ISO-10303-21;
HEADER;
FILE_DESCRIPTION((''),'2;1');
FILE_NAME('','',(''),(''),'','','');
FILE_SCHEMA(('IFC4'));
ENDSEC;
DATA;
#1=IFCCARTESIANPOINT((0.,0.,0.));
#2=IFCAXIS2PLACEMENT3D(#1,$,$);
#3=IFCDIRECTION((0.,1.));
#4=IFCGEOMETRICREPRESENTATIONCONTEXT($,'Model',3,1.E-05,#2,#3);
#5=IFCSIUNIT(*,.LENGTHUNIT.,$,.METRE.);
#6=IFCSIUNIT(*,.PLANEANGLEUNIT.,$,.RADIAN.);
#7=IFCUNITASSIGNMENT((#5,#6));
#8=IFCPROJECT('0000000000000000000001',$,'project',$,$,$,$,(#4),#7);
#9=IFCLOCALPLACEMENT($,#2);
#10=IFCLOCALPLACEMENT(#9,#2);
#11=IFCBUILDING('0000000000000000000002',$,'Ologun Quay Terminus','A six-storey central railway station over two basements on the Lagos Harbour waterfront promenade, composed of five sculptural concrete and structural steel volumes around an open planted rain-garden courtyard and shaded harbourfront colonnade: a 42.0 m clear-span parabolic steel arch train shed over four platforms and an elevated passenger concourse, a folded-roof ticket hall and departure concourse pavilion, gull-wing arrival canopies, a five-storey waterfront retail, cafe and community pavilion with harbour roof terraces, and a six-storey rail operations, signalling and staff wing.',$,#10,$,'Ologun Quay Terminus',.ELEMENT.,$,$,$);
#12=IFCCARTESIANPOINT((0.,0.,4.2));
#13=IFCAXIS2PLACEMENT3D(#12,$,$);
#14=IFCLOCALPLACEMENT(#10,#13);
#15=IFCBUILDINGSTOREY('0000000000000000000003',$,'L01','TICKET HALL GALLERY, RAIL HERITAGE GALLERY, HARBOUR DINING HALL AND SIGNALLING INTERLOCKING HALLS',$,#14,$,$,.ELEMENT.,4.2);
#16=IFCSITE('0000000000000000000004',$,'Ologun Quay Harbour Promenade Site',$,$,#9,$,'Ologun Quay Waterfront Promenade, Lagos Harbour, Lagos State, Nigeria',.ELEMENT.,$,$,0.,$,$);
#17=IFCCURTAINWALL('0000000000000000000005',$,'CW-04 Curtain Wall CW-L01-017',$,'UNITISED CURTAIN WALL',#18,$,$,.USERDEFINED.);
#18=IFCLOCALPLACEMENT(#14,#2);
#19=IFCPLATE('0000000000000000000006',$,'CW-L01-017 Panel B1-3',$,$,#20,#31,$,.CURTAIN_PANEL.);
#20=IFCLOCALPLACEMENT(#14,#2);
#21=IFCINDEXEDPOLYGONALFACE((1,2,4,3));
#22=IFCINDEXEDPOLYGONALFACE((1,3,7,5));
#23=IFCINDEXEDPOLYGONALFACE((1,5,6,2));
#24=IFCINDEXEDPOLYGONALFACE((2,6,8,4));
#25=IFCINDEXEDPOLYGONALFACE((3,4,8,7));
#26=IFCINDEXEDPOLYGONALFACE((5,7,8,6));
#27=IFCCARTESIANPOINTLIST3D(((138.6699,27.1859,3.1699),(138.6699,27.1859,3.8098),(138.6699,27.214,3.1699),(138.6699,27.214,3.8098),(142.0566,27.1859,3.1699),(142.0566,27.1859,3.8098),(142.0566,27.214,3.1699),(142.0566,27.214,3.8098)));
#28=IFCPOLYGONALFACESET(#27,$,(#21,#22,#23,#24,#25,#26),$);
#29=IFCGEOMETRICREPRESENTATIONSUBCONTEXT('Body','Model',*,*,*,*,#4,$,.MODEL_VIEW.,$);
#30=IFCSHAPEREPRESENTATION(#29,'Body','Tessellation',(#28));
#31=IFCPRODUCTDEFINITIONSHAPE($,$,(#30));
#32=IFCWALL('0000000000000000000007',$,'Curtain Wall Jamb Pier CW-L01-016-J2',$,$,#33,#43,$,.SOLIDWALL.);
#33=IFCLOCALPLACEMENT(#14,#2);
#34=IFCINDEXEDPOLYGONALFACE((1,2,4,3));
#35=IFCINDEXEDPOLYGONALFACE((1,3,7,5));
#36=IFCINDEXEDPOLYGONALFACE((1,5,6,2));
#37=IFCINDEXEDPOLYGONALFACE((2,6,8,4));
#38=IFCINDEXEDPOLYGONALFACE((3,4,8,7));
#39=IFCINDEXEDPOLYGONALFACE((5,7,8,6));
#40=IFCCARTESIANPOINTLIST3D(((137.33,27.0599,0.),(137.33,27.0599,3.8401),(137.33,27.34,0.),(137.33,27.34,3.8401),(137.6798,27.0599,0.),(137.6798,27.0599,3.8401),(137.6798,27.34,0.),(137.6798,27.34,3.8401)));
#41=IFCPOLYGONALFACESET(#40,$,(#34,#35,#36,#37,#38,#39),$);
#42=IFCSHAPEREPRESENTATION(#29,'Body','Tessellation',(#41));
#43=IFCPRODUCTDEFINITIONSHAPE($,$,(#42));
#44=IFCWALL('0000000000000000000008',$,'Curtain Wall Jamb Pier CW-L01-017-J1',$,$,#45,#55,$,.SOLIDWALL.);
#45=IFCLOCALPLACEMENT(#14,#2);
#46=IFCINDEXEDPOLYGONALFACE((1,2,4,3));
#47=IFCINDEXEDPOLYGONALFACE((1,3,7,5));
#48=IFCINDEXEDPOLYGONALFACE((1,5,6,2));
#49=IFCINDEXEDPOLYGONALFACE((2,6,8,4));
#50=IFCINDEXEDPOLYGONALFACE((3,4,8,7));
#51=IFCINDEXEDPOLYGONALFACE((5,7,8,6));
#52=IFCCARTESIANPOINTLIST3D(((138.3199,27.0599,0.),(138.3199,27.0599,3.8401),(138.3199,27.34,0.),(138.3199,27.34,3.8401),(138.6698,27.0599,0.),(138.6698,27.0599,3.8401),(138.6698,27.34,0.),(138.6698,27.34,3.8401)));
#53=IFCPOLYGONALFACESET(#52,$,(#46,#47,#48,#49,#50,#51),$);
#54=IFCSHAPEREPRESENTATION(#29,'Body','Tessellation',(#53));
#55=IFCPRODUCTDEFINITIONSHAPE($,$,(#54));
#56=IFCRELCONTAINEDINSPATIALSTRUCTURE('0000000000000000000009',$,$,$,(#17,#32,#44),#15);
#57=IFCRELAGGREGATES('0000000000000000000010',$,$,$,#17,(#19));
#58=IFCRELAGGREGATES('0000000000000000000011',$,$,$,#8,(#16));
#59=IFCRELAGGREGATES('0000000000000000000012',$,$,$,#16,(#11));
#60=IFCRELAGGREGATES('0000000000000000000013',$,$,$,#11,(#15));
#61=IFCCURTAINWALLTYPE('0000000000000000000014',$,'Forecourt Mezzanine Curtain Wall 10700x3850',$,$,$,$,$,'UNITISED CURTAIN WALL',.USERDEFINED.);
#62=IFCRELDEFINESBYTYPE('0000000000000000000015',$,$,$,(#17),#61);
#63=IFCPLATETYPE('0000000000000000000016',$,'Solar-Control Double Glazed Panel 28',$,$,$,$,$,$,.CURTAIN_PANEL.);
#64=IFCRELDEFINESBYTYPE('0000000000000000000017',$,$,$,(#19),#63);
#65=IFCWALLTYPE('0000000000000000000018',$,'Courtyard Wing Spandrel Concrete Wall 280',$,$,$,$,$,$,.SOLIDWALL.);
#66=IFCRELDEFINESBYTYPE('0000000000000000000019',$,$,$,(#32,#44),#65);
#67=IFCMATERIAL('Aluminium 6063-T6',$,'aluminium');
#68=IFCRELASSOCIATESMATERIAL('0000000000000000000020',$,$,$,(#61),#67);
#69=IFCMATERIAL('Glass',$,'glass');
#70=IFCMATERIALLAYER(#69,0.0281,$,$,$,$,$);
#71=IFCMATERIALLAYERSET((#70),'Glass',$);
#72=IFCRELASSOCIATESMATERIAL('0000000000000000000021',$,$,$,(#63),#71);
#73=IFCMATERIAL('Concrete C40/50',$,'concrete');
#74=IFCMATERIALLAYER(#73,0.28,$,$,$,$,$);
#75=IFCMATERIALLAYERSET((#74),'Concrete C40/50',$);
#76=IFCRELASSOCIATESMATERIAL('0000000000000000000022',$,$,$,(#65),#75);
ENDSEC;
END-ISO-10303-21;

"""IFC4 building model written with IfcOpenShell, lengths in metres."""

from ifc_helpers import new_model, si_unit, direction, frame, frame_2d, origin, origin_2d, place, context, subcontext, project, spatial, rectangle, extrude, material, layer, layer_set, type_object, element, aggregate, save


model = new_model("IFC4")

# Units and contexts
model_context = context("Model", 3, precision=1e-05, world=origin(), true_north=direction((0.0, 1.0)))
body_context = subcontext(model_context, "Body", "Model", "MODEL_VIEW")
ifc_project = project(units=[si_unit("LENGTHUNIT", "METRE"), si_unit("PLANEANGLEUNIT", "RADIAN")], contexts=[model_context])

# Site, building, storey
site_placement = place(None, origin())
site = spatial("IfcSite", under=ifc_project, at=site_placement, Name="Ologun Quay Harbour Promenade Site", LongName="Ologun Quay Waterfront Promenade, Lagos Harbour, Lagos State, Nigeria", CompositionType="ELEMENT", RefElevation=0.0)
building_placement = place(site_placement, origin())
building = spatial("IfcBuilding", under=site, at=building_placement, Name="Ologun Quay Terminus", Description="A six-storey central railway station over two basements on the Lagos Harbour waterfront promenade, composed of five sculptural concrete and structural steel volumes around an open planted rain-garden courtyard and shaded harbourfront colonnade: a 42.0 m clear-span parabolic steel arch train shed over four platforms and an elevated passenger concourse, a folded-roof ticket hall and departure concourse pavilion, gull-wing arrival canopies, a five-storey waterfront retail, cafe and community pavilion with harbour roof terraces, and a six-storey rail operations, signalling and staff wing.", LongName="Ologun Quay Terminus", CompositionType="ELEMENT")
storey_placement = place(building_placement, frame((0.0, 0.0, 4.2)))
storey = spatial("IfcBuildingStorey", under=building, at=storey_placement, Name="L01", Description="TICKET HALL GALLERY, RAIL HERITAGE GALLERY, HARBOUR DINING HALL AND SIGNALLING INTERLOCKING HALLS", CompositionType="ELEMENT", Elevation=4.2)

# Curtain wall
ifc_material_1 = material(Name="Aluminium 6063-T6", Category="aluminium")
curtain_wall_type = type_object("IfcCurtainWallType", Name="Forecourt Mezzanine Curtain Wall 10700x3850", ElementType="UNITISED CURTAIN WALL", PredefinedType="USERDEFINED", material=ifc_material_1)
curtain_wall_1_placement = place(storey_placement, origin())
curtain_wall_1 = element("IfcCurtainWall", 1, at=curtain_wall_1_placement, inside=storey, type_object=curtain_wall_type, Name="CW-04 Curtain Wall CW-L01-017", ObjectType="UNITISED CURTAIN WALL", PredefinedType="USERDEFINED")

# Plate
ifc_material_2 = material(Name="Glass", Category="glass")
ifc_layer_1 = layer(ifc_material_2, 0.0281)
ifc_layer_set_1 = layer_set([ifc_layer_1], Name="Glass")
plate_type_1 = type_object("IfcPlateType", Name="Solar-Control Double Glazed Panel 28", PredefinedType="CURTAIN_PANEL", material=ifc_layer_set_1)
plate_1_placement = place(storey_placement, frame((140.3633, 27.2, 3.1699), z_axis=(0.0, 0.0, 1.0), x_axis=(1.0, 0.0, 0.0)))
plate_1 = element("IfcPlate", 2, at=plate_1_placement, type_object=plate_type_1, Name="CW-L01-017 Panel B1-3", PredefinedType="CURTAIN_PANEL", context=body_context, shape_type="SweptSolid", body=[
    extrude(rectangle(XDim=3.3867, YDim=0.0281, at=origin_2d()), origin(), (0.0, 0.0, 1.0), 0.6399),
])
aggregate(curtain_wall_1, [plate_1])

# Walls
ifc_material_3 = material(Name="Concrete C40/50", Category="concrete")
ifc_layer_2 = layer(ifc_material_3, 0.28)
ifc_layer_set_2 = layer_set([ifc_layer_2], Name="Concrete C40/50")
wall_type = type_object("IfcWallType", Name="Courtyard Wing Spandrel Concrete Wall 280", PredefinedType="SOLIDWALL", material=ifc_layer_set_2)
for number, where, z_axis, x_axis, name in (
    (3, (137.3301, 27.2, 0.0), (0.0, 0.0, 1.0), (1.0, 0.0, 0.0), "Curtain Wall Jamb Pier CW-L01-016-J2"),
    (4, (138.3201, 27.2, 0.0), (0.0, 0.0, 1.0), (1.0, 0.0, 0.0), "Curtain Wall Jamb Pier CW-L01-017-J1"),
):
    element("IfcWall", number, at=place(storey_placement, frame(where, z_axis=z_axis, x_axis=x_axis)), inside=storey, type_object=wall_type, Name=name, PredefinedType="SOLIDWALL", context=body_context, shape_type="SweptSolid", body=[
        extrude(rectangle(XDim=0.3499, YDim=0.28, at=frame_2d((0.1748, 0.0))), origin(), (0.0, 0.0, 1.0), 3.8401),
    ])

save(model, "model.ifc")
